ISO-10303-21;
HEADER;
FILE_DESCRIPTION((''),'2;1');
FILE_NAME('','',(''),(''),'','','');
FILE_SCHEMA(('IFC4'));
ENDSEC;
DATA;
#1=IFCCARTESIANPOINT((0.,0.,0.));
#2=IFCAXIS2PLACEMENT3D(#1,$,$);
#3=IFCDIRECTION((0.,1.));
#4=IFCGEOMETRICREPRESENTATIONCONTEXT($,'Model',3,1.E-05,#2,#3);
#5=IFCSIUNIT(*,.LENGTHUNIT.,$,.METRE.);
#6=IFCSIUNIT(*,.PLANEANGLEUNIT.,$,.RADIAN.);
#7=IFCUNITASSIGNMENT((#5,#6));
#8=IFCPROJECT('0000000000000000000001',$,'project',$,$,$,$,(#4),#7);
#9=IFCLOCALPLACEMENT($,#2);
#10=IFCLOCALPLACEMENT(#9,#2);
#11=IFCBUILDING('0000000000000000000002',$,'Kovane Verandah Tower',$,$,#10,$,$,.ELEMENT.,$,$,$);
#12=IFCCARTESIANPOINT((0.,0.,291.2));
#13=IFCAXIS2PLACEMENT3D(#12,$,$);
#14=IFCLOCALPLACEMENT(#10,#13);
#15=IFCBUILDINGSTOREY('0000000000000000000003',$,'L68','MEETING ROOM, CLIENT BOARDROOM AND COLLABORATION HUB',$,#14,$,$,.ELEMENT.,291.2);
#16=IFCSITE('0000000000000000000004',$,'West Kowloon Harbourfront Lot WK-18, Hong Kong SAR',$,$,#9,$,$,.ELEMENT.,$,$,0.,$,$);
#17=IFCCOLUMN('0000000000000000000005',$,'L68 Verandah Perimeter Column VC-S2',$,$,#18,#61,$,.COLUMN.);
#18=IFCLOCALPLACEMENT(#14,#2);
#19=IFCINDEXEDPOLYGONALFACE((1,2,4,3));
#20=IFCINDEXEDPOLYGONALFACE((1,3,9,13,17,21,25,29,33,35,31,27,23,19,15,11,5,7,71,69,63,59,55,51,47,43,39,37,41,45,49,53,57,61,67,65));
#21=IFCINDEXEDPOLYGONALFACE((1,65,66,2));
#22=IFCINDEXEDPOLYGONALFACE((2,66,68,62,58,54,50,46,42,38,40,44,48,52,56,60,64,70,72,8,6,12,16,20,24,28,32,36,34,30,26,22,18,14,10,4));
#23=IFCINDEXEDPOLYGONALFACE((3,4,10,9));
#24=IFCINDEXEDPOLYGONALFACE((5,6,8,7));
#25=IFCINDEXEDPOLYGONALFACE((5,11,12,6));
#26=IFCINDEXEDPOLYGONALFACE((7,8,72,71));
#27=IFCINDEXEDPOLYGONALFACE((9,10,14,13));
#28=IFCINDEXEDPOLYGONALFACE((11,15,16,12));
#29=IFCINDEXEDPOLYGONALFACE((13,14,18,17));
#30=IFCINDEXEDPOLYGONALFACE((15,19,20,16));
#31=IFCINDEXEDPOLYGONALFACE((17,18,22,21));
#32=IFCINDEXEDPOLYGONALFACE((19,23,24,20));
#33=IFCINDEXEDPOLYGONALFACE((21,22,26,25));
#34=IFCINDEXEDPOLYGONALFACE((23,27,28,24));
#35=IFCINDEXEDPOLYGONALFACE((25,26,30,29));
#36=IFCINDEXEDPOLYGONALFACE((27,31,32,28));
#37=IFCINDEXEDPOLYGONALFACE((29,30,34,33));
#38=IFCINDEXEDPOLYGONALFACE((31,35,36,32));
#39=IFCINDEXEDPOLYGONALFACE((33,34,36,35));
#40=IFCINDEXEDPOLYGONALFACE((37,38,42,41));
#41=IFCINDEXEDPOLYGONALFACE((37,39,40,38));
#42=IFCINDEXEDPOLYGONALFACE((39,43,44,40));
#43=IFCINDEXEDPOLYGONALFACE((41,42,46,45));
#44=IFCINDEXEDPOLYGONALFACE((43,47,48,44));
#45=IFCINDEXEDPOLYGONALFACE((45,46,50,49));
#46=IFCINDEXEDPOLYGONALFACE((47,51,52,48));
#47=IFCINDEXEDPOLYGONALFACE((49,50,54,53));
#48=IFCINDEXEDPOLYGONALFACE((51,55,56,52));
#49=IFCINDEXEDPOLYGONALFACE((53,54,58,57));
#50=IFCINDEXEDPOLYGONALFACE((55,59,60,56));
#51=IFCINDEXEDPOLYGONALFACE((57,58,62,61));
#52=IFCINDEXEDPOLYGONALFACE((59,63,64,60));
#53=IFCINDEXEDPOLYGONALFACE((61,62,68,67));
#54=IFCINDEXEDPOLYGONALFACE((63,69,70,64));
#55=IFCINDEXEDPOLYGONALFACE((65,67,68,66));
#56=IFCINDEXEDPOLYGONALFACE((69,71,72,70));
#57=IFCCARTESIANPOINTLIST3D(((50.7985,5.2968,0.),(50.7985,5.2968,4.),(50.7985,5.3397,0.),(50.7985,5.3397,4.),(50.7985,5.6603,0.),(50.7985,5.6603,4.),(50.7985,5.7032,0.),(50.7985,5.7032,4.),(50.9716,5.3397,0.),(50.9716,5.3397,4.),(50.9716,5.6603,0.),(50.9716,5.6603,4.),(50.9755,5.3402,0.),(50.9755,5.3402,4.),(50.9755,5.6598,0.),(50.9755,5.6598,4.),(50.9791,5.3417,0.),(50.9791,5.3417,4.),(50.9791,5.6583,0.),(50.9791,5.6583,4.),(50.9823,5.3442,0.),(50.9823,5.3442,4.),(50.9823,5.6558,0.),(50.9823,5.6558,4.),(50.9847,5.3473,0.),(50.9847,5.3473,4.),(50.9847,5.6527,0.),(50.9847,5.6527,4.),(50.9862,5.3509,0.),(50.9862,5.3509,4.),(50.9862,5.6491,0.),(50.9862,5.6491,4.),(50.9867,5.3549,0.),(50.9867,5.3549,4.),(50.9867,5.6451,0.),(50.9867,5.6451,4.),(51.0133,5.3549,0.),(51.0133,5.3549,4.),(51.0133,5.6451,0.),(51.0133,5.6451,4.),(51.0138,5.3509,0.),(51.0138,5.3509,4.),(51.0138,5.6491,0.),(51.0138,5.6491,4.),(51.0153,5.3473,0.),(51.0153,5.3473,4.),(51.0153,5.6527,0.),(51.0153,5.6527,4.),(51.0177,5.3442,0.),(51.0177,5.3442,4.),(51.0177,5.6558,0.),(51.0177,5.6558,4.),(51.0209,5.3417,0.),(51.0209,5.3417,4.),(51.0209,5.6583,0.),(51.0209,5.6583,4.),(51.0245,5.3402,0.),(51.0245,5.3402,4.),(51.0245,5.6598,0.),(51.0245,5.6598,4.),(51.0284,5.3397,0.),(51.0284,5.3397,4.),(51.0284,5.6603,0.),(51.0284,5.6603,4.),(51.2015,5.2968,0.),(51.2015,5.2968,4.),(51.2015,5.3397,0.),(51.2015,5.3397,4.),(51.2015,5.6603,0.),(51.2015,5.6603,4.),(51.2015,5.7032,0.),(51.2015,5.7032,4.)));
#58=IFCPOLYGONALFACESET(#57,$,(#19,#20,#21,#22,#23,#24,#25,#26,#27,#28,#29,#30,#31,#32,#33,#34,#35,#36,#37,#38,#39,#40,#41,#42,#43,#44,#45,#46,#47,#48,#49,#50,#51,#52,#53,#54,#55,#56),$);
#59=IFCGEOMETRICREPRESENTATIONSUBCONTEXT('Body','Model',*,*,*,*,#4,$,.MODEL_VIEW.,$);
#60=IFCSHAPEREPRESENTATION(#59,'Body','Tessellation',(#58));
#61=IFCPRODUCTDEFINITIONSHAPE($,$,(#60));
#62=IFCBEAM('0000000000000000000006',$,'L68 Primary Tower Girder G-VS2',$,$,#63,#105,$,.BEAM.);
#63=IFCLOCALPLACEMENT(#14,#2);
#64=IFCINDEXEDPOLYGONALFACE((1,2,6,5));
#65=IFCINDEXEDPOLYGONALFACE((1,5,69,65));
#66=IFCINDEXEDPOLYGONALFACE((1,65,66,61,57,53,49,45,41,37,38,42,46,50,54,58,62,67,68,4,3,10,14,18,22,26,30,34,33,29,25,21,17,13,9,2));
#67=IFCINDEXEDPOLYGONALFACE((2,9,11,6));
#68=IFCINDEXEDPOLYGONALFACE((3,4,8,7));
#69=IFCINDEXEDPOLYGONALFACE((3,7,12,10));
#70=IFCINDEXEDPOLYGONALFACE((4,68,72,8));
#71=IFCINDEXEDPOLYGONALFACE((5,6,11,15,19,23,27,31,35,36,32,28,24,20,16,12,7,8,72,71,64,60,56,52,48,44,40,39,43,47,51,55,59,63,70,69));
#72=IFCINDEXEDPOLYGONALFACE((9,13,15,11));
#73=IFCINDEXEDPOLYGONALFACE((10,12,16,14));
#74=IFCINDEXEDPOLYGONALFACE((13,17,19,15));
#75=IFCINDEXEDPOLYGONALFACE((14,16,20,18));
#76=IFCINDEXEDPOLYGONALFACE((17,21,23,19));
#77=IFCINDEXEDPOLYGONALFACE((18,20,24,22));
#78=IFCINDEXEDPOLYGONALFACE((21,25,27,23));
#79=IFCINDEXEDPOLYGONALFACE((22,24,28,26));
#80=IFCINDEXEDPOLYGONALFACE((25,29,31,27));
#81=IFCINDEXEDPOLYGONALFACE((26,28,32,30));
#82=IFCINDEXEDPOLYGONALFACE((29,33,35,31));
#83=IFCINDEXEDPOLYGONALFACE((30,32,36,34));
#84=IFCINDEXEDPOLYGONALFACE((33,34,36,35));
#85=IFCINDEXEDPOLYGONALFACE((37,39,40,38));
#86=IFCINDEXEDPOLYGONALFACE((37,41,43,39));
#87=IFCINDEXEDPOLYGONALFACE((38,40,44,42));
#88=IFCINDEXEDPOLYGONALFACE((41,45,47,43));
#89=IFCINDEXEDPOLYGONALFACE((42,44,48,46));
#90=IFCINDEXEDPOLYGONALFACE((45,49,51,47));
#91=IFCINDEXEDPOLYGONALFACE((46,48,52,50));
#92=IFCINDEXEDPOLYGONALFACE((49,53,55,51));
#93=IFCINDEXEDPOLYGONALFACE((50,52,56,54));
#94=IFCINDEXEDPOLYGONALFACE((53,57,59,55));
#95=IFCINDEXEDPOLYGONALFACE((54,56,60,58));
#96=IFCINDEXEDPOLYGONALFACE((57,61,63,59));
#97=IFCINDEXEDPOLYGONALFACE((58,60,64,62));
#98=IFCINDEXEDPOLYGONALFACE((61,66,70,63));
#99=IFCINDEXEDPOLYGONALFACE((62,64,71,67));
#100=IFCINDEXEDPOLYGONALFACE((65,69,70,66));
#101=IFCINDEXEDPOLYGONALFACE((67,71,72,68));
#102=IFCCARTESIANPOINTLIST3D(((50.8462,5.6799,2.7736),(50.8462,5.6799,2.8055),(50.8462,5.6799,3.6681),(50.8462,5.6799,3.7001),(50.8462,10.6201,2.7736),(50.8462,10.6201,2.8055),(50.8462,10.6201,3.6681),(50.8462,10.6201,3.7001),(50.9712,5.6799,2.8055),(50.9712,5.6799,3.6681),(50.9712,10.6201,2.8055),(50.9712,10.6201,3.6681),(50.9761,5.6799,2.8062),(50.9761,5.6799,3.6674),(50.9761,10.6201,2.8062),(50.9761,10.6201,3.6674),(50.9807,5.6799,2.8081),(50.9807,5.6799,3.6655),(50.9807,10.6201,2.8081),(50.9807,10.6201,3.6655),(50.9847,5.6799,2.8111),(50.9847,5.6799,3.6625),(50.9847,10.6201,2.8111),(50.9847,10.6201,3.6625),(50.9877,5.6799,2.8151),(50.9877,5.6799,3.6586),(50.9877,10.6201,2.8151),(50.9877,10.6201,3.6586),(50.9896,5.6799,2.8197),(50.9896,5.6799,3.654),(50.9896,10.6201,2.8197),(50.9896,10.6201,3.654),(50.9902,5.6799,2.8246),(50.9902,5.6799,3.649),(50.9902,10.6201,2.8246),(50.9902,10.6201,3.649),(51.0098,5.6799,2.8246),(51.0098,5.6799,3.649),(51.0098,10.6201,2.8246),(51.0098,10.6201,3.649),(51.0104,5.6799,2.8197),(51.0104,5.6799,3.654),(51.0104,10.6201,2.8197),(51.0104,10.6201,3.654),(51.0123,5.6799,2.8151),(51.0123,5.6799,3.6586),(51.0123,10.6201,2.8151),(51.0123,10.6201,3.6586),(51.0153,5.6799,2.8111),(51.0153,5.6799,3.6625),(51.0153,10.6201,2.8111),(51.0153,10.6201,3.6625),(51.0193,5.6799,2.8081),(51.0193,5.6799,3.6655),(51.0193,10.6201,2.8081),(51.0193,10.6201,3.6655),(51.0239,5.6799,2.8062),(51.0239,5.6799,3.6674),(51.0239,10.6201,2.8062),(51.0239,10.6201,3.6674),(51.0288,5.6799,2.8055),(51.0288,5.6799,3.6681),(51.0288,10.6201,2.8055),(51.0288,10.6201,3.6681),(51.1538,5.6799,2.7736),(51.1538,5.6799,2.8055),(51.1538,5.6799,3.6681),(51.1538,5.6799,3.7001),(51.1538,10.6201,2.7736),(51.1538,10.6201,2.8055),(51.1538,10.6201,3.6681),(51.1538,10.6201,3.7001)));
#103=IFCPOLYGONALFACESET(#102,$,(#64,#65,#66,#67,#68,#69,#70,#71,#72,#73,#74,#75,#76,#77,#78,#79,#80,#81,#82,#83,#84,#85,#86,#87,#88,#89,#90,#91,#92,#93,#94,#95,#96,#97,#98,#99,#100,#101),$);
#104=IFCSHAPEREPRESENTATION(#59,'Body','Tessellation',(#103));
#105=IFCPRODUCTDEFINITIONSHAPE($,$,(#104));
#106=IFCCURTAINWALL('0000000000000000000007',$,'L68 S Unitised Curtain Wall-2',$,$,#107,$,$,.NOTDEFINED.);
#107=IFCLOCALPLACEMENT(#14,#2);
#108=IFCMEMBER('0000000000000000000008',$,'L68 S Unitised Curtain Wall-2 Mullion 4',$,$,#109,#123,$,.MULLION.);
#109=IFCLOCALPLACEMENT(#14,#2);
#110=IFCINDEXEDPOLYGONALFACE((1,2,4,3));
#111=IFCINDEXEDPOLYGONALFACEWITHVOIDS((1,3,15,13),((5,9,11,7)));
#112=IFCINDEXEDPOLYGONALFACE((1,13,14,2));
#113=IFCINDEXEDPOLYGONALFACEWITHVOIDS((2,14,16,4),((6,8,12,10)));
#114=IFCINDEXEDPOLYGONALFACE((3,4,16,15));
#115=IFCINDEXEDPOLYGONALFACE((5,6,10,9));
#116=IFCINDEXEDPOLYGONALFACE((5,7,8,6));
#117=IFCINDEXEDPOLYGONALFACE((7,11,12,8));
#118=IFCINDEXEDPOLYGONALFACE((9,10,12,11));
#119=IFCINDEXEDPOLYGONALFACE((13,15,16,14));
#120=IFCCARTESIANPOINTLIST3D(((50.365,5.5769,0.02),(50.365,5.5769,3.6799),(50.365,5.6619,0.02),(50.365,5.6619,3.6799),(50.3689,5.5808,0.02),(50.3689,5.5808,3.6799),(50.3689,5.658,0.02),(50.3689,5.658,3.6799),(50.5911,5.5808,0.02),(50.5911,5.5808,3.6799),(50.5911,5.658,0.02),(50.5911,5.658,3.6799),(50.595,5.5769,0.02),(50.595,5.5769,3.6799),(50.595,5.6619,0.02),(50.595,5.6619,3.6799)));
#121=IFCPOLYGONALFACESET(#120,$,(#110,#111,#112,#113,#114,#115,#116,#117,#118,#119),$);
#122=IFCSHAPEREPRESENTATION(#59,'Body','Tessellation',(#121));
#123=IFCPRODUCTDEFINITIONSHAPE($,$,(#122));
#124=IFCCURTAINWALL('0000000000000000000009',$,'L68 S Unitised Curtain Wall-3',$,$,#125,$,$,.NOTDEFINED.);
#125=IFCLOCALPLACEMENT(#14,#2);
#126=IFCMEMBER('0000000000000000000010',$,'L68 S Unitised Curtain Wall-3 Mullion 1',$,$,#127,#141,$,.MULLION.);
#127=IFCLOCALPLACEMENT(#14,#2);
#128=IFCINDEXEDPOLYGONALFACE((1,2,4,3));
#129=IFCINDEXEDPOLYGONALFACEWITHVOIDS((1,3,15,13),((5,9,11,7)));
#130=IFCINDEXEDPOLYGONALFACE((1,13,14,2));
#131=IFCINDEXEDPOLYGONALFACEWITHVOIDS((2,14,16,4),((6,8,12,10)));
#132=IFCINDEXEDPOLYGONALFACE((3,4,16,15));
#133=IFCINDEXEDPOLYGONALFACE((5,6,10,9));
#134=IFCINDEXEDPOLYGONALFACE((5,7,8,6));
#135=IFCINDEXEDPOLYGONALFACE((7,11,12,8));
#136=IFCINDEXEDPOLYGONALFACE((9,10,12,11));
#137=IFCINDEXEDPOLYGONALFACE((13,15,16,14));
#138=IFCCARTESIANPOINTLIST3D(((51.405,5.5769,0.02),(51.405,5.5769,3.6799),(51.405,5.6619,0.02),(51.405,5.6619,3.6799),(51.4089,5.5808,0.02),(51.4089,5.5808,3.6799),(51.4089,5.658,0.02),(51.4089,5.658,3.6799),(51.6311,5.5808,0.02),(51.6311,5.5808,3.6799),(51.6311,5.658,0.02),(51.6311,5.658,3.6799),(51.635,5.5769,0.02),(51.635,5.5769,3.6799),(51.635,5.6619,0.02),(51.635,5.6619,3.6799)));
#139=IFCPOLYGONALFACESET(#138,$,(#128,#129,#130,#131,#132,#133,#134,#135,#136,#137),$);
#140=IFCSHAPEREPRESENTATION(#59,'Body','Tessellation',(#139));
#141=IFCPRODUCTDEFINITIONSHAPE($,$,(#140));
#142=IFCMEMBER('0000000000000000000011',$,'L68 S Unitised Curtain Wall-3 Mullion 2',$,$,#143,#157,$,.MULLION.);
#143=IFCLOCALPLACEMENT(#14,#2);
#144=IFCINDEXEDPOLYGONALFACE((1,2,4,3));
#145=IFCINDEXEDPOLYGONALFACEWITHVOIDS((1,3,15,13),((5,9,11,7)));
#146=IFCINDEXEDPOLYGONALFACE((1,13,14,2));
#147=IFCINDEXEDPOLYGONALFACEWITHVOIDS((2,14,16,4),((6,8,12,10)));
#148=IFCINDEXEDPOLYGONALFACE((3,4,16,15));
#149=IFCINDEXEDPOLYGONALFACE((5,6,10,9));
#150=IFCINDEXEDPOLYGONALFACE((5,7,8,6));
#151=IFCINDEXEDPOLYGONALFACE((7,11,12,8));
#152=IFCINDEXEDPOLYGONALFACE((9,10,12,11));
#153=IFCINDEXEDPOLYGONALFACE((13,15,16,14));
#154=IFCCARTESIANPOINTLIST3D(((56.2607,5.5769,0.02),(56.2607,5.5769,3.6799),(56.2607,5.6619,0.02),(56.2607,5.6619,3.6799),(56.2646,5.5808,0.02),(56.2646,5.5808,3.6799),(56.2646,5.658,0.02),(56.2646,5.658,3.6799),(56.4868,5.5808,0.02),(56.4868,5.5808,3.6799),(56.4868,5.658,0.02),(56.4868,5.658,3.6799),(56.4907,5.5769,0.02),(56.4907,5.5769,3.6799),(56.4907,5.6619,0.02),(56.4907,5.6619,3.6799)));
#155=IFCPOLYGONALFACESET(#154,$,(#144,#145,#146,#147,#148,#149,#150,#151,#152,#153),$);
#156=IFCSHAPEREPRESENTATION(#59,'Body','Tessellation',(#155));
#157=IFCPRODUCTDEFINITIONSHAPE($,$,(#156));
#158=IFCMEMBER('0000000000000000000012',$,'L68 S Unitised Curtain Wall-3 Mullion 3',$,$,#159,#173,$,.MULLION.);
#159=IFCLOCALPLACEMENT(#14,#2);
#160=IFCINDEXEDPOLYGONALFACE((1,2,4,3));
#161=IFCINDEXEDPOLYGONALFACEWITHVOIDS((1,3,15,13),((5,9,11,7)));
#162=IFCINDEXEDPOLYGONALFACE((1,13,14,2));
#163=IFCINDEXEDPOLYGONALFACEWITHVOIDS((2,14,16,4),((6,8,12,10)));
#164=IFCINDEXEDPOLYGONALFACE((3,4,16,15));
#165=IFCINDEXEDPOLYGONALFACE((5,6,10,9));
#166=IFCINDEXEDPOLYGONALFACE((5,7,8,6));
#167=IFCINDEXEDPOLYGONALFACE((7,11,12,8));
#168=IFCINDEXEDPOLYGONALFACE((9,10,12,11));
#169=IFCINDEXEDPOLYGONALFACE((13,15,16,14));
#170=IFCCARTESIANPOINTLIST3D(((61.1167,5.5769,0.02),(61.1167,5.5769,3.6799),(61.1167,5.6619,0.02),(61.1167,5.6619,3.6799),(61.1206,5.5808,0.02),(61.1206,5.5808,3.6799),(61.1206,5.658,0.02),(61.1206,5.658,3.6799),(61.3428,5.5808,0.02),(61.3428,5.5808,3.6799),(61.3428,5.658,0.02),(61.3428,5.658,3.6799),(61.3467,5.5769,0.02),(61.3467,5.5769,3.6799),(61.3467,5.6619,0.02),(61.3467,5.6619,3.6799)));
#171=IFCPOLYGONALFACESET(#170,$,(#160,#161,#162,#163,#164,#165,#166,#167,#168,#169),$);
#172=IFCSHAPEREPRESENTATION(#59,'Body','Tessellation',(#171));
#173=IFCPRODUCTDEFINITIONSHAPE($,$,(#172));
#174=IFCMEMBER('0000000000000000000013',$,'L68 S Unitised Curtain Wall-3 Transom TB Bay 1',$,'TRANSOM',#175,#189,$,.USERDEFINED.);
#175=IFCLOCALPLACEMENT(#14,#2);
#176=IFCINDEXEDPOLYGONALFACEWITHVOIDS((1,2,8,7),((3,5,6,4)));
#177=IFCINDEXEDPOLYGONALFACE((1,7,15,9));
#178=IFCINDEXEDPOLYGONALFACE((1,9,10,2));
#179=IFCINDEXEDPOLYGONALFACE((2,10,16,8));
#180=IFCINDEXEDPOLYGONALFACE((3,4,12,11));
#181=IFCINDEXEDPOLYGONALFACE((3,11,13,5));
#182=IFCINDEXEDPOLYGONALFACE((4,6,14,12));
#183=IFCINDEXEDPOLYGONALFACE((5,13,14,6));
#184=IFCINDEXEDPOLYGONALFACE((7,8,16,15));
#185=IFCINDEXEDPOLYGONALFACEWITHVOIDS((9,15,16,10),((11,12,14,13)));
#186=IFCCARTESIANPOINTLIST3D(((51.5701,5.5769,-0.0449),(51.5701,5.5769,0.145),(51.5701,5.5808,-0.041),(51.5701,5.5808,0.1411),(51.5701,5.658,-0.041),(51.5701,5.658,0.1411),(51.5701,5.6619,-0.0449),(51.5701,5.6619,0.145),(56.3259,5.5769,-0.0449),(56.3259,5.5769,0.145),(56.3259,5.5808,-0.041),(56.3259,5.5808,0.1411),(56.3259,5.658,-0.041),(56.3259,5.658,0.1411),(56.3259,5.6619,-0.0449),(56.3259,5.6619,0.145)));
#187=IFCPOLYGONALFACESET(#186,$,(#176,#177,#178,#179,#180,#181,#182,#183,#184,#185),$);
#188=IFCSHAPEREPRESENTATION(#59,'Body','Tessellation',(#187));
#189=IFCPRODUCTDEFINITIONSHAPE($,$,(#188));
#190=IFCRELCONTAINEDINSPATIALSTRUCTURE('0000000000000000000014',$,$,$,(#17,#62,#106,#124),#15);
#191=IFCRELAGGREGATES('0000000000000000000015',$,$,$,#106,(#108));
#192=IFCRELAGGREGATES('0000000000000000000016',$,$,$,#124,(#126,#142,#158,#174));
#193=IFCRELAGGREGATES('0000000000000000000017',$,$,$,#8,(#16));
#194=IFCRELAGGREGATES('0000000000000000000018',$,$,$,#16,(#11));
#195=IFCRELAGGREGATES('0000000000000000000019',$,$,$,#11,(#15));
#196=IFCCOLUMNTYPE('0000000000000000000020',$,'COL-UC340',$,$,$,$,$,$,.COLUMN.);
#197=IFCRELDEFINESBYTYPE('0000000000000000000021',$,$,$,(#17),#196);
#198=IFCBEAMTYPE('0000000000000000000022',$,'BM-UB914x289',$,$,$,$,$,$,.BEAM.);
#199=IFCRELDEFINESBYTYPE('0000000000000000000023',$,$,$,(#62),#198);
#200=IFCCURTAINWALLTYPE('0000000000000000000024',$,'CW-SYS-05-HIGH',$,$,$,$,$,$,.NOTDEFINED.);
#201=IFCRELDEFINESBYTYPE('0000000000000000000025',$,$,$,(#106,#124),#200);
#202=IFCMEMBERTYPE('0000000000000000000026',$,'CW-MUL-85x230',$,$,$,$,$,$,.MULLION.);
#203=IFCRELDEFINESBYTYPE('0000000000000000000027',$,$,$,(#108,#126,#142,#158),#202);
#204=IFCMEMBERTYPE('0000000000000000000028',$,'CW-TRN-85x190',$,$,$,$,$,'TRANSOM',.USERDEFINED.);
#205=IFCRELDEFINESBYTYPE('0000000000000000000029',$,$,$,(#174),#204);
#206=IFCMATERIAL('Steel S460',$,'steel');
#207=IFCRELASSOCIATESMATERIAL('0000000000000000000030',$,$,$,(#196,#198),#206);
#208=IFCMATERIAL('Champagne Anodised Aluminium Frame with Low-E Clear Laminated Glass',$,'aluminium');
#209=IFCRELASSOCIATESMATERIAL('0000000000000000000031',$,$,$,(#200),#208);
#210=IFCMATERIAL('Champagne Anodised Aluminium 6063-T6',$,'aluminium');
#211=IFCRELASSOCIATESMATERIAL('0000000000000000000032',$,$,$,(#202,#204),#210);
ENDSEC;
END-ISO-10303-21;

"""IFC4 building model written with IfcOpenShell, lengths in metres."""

from ifc_helpers import new_model, si_unit, direction, frame, origin, origin_2d, place, context, subcontext, project, spatial, hollow_rectangle, i_section, extrude, material, material_profile, profile_set, type_object, element, aggregate, save


model = new_model("IFC4")

# Units and contexts
model_context = context("Model", 3, precision=1e-05, world=origin(), true_north=direction((0.0, 1.0)))
body_context = subcontext(model_context, "Body", "Model", "MODEL_VIEW")
ifc_project = project(units=[si_unit("LENGTHUNIT", "METRE"), si_unit("PLANEANGLEUNIT", "RADIAN")], contexts=[model_context])

# Site, building, storey
site_placement = place(None, origin())
site = spatial("IfcSite", under=ifc_project, at=site_placement, Name="West Kowloon Harbourfront Lot WK-18, Hong Kong SAR", CompositionType="ELEMENT", RefElevation=0.0)
building_placement = place(site_placement, origin())
building = spatial("IfcBuilding", under=site, at=building_placement, Name="Kovane Verandah Tower", CompositionType="ELEMENT")
storey_placement = place(building_placement, frame((0.0, 0.0, 291.2)))
storey = spatial("IfcBuildingStorey", under=building, at=storey_placement, Name="L68", Description="MEETING ROOM, CLIENT BOARDROOM AND COLLABORATION HUB", CompositionType="ELEMENT", Elevation=291.2)

# Column
ifc_material_1 = material(Name="Steel S460", Category="steel")
ifc_material_profile_1 = material_profile(ifc_material_1, i_section(OverallWidth=0.4031, OverallDepth=0.4065, WebThickness=0.0266, FlangeThickness=0.043, FilletRadius=0.0151, at=origin_2d()), Name="UC356x406x340")
ifc_profile_set_1 = profile_set([ifc_material_profile_1], Name="Steel S460")
column_type = type_object("IfcColumnType", Name="COL-UC340", PredefinedType="COLUMN", material=ifc_profile_set_1)
column_placement = place(storey_placement, frame((51.0, 5.5, 0.0), z_axis=(0.0, 0.0, 1.0), x_axis=(1.0, 0.0, 0.0)))
element("IfcColumn", 1, at=column_placement, inside=storey, type_object=column_type, Name="L68 Verandah Perimeter Column VC-S2", PredefinedType="COLUMN", context=body_context, shape_type="SweptSolid", body=[
    extrude(i_section(OverallWidth=0.4031, OverallDepth=0.4065, WebThickness=0.0266, FlangeThickness=0.043, FilletRadius=0.0151, at=origin_2d()), origin(), (0.0, 0.0, 1.0), 4.0),
])

# Beam
ifc_material_profile_2 = material_profile(ifc_material_1, i_section(OverallWidth=0.3076, OverallDepth=0.9265, WebThickness=0.0195, FlangeThickness=0.032, FilletRadius=0.019, at=origin_2d()), Name="UB914x305x289")
ifc_profile_set_2 = profile_set([ifc_material_profile_2], Name="Steel S460")
beam_type = type_object("IfcBeamType", Name="BM-UB914x289", PredefinedType="BEAM", material=ifc_profile_set_2)
beam_placement = place(storey_placement, frame((51.0, 10.6201, 3.2368), z_axis=(0.0, -1.0, 0.0), x_axis=(1.0, 0.0, 0.0)))
element("IfcBeam", 2, at=beam_placement, inside=storey, type_object=beam_type, Name="L68 Primary Tower Girder G-VS2", PredefinedType="BEAM", context=body_context, shape_type="SweptSolid", body=[
    extrude(i_section(OverallWidth=0.3076, OverallDepth=0.9265, WebThickness=0.0195, FlangeThickness=0.032, FilletRadius=0.019, at=origin_2d()), origin(), (0.0, 0.0, 1.0), 4.9402),
])

# Curtain wall, member
ifc_material_2 = material(Name="Champagne Anodised Aluminium Frame with Low-E Clear Laminated Glass", Category="aluminium")
curtain_wall_type = type_object("IfcCurtainWallType", Name="CW-SYS-05-HIGH", PredefinedType="NOTDEFINED", material=ifc_material_2)
curtain_wall_1_placement = place(storey_placement, origin())
curtain_wall_1 = element("IfcCurtainWall", 3, at=curtain_wall_1_placement, inside=storey, type_object=curtain_wall_type, Name="L68 S Unitised Curtain Wall-2", PredefinedType="NOTDEFINED")
ifc_material_3 = material(Name="Champagne Anodised Aluminium 6063-T6", Category="aluminium")
ifc_material_profile_3 = material_profile(ifc_material_3, hollow_rectangle(XDim=0.085, YDim=0.23, WallThickness=0.0039, at=origin_2d()), Name="AL85x230x4")
ifc_profile_set_3 = profile_set([ifc_material_profile_3], Name="Champagne Anodised Aluminium 6063-T6")
member_type_1 = type_object("IfcMemberType", Name="CW-MUL-85x230", PredefinedType="MULLION", material=ifc_profile_set_3)
member_1_placement = place(storey_placement, frame((50.48, 5.6194, 0.02), z_axis=(0.0, 0.0, 1.0), x_axis=(0.0, -1.0, 0.0)))
member_1 = element("IfcMember", 4, at=member_1_placement, type_object=member_type_1, Name="L68 S Unitised Curtain Wall-2 Mullion 4", PredefinedType="MULLION", context=body_context, shape_type="SweptSolid", body=[
    extrude(hollow_rectangle(XDim=0.085, YDim=0.23, WallThickness=0.0039, at=origin_2d()), origin(), (0.0, 0.0, 1.0), 3.6599),
])
aggregate(curtain_wall_1, [member_1])

# Curtain wall, members
curtain_wall_2_placement = place(storey_placement, origin())
curtain_wall_2 = element("IfcCurtainWall", 5, at=curtain_wall_2_placement, inside=storey, type_object=curtain_wall_type, Name="L68 S Unitised Curtain Wall-3", PredefinedType="NOTDEFINED")
member_2_placement = place(storey_placement, frame((51.52, 5.6194, 0.02), z_axis=(0.0, 0.0, 1.0), x_axis=(0.0, -1.0, 0.0)))
member_2 = element("IfcMember", 6, at=member_2_placement, type_object=member_type_1, Name="L68 S Unitised Curtain Wall-3 Mullion 1", PredefinedType="MULLION", context=body_context, shape_type="SweptSolid", body=[
    extrude(hollow_rectangle(XDim=0.085, YDim=0.23, WallThickness=0.0039, at=origin_2d()), origin(), (0.0, 0.0, 1.0), 3.6599),
])
member_3_placement = place(storey_placement, frame((56.3757, 5.6194, 0.02), z_axis=(0.0, 0.0, 1.0), x_axis=(0.0, -1.0, 0.0)))
member_3 = element("IfcMember", 7, at=member_3_placement, type_object=member_type_1, Name="L68 S Unitised Curtain Wall-3 Mullion 2", PredefinedType="MULLION", context=body_context, shape_type="SweptSolid", body=[
    extrude(hollow_rectangle(XDim=0.085, YDim=0.23, WallThickness=0.0039, at=origin_2d()), origin(), (0.0, 0.0, 1.0), 3.6599),
])
member_4_placement = place(storey_placement, frame((61.2317, 5.6194, 0.02), z_axis=(0.0, 0.0, 1.0), x_axis=(0.0, -1.0, 0.0)))
member_4 = element("IfcMember", 8, at=member_4_placement, type_object=member_type_1, Name="L68 S Unitised Curtain Wall-3 Mullion 3", PredefinedType="MULLION", context=body_context, shape_type="SweptSolid", body=[
    extrude(hollow_rectangle(XDim=0.085, YDim=0.23, WallThickness=0.0039, at=origin_2d()), origin(), (0.0, 0.0, 1.0), 3.6599),
])
ifc_material_profile_4 = material_profile(ifc_material_3, hollow_rectangle(XDim=0.085, YDim=0.1899, WallThickness=0.0039, at=origin_2d()), Name="AL85x190x4")
ifc_profile_set_4 = profile_set([ifc_material_profile_4], Name="Champagne Anodised Aluminium 6063-T6")
member_type_2 = type_object("IfcMemberType", Name="CW-TRN-85x190", ElementType="TRANSOM", PredefinedType="USERDEFINED", material=ifc_profile_set_4)
member_5_placement = place(storey_placement, frame((51.5701, 5.6194, 0.05), z_axis=(1.0, 0.0, 0.0), x_axis=(0.0, 1.0, 0.0)))
member_5 = element("IfcMember", 9, at=member_5_placement, type_object=member_type_2, Name="L68 S Unitised Curtain Wall-3 Transom TB Bay 1", ObjectType="TRANSOM", PredefinedType="USERDEFINED", context=body_context, shape_type="SweptSolid", body=[
    extrude(hollow_rectangle(XDim=0.085, YDim=0.1899, WallThickness=0.0039, at=origin_2d()), origin(), (0.0, 0.0, 1.0), 4.7559),
])
aggregate(curtain_wall_2, [member_2, member_3, member_4, member_5])

save(model, "model.ifc")
